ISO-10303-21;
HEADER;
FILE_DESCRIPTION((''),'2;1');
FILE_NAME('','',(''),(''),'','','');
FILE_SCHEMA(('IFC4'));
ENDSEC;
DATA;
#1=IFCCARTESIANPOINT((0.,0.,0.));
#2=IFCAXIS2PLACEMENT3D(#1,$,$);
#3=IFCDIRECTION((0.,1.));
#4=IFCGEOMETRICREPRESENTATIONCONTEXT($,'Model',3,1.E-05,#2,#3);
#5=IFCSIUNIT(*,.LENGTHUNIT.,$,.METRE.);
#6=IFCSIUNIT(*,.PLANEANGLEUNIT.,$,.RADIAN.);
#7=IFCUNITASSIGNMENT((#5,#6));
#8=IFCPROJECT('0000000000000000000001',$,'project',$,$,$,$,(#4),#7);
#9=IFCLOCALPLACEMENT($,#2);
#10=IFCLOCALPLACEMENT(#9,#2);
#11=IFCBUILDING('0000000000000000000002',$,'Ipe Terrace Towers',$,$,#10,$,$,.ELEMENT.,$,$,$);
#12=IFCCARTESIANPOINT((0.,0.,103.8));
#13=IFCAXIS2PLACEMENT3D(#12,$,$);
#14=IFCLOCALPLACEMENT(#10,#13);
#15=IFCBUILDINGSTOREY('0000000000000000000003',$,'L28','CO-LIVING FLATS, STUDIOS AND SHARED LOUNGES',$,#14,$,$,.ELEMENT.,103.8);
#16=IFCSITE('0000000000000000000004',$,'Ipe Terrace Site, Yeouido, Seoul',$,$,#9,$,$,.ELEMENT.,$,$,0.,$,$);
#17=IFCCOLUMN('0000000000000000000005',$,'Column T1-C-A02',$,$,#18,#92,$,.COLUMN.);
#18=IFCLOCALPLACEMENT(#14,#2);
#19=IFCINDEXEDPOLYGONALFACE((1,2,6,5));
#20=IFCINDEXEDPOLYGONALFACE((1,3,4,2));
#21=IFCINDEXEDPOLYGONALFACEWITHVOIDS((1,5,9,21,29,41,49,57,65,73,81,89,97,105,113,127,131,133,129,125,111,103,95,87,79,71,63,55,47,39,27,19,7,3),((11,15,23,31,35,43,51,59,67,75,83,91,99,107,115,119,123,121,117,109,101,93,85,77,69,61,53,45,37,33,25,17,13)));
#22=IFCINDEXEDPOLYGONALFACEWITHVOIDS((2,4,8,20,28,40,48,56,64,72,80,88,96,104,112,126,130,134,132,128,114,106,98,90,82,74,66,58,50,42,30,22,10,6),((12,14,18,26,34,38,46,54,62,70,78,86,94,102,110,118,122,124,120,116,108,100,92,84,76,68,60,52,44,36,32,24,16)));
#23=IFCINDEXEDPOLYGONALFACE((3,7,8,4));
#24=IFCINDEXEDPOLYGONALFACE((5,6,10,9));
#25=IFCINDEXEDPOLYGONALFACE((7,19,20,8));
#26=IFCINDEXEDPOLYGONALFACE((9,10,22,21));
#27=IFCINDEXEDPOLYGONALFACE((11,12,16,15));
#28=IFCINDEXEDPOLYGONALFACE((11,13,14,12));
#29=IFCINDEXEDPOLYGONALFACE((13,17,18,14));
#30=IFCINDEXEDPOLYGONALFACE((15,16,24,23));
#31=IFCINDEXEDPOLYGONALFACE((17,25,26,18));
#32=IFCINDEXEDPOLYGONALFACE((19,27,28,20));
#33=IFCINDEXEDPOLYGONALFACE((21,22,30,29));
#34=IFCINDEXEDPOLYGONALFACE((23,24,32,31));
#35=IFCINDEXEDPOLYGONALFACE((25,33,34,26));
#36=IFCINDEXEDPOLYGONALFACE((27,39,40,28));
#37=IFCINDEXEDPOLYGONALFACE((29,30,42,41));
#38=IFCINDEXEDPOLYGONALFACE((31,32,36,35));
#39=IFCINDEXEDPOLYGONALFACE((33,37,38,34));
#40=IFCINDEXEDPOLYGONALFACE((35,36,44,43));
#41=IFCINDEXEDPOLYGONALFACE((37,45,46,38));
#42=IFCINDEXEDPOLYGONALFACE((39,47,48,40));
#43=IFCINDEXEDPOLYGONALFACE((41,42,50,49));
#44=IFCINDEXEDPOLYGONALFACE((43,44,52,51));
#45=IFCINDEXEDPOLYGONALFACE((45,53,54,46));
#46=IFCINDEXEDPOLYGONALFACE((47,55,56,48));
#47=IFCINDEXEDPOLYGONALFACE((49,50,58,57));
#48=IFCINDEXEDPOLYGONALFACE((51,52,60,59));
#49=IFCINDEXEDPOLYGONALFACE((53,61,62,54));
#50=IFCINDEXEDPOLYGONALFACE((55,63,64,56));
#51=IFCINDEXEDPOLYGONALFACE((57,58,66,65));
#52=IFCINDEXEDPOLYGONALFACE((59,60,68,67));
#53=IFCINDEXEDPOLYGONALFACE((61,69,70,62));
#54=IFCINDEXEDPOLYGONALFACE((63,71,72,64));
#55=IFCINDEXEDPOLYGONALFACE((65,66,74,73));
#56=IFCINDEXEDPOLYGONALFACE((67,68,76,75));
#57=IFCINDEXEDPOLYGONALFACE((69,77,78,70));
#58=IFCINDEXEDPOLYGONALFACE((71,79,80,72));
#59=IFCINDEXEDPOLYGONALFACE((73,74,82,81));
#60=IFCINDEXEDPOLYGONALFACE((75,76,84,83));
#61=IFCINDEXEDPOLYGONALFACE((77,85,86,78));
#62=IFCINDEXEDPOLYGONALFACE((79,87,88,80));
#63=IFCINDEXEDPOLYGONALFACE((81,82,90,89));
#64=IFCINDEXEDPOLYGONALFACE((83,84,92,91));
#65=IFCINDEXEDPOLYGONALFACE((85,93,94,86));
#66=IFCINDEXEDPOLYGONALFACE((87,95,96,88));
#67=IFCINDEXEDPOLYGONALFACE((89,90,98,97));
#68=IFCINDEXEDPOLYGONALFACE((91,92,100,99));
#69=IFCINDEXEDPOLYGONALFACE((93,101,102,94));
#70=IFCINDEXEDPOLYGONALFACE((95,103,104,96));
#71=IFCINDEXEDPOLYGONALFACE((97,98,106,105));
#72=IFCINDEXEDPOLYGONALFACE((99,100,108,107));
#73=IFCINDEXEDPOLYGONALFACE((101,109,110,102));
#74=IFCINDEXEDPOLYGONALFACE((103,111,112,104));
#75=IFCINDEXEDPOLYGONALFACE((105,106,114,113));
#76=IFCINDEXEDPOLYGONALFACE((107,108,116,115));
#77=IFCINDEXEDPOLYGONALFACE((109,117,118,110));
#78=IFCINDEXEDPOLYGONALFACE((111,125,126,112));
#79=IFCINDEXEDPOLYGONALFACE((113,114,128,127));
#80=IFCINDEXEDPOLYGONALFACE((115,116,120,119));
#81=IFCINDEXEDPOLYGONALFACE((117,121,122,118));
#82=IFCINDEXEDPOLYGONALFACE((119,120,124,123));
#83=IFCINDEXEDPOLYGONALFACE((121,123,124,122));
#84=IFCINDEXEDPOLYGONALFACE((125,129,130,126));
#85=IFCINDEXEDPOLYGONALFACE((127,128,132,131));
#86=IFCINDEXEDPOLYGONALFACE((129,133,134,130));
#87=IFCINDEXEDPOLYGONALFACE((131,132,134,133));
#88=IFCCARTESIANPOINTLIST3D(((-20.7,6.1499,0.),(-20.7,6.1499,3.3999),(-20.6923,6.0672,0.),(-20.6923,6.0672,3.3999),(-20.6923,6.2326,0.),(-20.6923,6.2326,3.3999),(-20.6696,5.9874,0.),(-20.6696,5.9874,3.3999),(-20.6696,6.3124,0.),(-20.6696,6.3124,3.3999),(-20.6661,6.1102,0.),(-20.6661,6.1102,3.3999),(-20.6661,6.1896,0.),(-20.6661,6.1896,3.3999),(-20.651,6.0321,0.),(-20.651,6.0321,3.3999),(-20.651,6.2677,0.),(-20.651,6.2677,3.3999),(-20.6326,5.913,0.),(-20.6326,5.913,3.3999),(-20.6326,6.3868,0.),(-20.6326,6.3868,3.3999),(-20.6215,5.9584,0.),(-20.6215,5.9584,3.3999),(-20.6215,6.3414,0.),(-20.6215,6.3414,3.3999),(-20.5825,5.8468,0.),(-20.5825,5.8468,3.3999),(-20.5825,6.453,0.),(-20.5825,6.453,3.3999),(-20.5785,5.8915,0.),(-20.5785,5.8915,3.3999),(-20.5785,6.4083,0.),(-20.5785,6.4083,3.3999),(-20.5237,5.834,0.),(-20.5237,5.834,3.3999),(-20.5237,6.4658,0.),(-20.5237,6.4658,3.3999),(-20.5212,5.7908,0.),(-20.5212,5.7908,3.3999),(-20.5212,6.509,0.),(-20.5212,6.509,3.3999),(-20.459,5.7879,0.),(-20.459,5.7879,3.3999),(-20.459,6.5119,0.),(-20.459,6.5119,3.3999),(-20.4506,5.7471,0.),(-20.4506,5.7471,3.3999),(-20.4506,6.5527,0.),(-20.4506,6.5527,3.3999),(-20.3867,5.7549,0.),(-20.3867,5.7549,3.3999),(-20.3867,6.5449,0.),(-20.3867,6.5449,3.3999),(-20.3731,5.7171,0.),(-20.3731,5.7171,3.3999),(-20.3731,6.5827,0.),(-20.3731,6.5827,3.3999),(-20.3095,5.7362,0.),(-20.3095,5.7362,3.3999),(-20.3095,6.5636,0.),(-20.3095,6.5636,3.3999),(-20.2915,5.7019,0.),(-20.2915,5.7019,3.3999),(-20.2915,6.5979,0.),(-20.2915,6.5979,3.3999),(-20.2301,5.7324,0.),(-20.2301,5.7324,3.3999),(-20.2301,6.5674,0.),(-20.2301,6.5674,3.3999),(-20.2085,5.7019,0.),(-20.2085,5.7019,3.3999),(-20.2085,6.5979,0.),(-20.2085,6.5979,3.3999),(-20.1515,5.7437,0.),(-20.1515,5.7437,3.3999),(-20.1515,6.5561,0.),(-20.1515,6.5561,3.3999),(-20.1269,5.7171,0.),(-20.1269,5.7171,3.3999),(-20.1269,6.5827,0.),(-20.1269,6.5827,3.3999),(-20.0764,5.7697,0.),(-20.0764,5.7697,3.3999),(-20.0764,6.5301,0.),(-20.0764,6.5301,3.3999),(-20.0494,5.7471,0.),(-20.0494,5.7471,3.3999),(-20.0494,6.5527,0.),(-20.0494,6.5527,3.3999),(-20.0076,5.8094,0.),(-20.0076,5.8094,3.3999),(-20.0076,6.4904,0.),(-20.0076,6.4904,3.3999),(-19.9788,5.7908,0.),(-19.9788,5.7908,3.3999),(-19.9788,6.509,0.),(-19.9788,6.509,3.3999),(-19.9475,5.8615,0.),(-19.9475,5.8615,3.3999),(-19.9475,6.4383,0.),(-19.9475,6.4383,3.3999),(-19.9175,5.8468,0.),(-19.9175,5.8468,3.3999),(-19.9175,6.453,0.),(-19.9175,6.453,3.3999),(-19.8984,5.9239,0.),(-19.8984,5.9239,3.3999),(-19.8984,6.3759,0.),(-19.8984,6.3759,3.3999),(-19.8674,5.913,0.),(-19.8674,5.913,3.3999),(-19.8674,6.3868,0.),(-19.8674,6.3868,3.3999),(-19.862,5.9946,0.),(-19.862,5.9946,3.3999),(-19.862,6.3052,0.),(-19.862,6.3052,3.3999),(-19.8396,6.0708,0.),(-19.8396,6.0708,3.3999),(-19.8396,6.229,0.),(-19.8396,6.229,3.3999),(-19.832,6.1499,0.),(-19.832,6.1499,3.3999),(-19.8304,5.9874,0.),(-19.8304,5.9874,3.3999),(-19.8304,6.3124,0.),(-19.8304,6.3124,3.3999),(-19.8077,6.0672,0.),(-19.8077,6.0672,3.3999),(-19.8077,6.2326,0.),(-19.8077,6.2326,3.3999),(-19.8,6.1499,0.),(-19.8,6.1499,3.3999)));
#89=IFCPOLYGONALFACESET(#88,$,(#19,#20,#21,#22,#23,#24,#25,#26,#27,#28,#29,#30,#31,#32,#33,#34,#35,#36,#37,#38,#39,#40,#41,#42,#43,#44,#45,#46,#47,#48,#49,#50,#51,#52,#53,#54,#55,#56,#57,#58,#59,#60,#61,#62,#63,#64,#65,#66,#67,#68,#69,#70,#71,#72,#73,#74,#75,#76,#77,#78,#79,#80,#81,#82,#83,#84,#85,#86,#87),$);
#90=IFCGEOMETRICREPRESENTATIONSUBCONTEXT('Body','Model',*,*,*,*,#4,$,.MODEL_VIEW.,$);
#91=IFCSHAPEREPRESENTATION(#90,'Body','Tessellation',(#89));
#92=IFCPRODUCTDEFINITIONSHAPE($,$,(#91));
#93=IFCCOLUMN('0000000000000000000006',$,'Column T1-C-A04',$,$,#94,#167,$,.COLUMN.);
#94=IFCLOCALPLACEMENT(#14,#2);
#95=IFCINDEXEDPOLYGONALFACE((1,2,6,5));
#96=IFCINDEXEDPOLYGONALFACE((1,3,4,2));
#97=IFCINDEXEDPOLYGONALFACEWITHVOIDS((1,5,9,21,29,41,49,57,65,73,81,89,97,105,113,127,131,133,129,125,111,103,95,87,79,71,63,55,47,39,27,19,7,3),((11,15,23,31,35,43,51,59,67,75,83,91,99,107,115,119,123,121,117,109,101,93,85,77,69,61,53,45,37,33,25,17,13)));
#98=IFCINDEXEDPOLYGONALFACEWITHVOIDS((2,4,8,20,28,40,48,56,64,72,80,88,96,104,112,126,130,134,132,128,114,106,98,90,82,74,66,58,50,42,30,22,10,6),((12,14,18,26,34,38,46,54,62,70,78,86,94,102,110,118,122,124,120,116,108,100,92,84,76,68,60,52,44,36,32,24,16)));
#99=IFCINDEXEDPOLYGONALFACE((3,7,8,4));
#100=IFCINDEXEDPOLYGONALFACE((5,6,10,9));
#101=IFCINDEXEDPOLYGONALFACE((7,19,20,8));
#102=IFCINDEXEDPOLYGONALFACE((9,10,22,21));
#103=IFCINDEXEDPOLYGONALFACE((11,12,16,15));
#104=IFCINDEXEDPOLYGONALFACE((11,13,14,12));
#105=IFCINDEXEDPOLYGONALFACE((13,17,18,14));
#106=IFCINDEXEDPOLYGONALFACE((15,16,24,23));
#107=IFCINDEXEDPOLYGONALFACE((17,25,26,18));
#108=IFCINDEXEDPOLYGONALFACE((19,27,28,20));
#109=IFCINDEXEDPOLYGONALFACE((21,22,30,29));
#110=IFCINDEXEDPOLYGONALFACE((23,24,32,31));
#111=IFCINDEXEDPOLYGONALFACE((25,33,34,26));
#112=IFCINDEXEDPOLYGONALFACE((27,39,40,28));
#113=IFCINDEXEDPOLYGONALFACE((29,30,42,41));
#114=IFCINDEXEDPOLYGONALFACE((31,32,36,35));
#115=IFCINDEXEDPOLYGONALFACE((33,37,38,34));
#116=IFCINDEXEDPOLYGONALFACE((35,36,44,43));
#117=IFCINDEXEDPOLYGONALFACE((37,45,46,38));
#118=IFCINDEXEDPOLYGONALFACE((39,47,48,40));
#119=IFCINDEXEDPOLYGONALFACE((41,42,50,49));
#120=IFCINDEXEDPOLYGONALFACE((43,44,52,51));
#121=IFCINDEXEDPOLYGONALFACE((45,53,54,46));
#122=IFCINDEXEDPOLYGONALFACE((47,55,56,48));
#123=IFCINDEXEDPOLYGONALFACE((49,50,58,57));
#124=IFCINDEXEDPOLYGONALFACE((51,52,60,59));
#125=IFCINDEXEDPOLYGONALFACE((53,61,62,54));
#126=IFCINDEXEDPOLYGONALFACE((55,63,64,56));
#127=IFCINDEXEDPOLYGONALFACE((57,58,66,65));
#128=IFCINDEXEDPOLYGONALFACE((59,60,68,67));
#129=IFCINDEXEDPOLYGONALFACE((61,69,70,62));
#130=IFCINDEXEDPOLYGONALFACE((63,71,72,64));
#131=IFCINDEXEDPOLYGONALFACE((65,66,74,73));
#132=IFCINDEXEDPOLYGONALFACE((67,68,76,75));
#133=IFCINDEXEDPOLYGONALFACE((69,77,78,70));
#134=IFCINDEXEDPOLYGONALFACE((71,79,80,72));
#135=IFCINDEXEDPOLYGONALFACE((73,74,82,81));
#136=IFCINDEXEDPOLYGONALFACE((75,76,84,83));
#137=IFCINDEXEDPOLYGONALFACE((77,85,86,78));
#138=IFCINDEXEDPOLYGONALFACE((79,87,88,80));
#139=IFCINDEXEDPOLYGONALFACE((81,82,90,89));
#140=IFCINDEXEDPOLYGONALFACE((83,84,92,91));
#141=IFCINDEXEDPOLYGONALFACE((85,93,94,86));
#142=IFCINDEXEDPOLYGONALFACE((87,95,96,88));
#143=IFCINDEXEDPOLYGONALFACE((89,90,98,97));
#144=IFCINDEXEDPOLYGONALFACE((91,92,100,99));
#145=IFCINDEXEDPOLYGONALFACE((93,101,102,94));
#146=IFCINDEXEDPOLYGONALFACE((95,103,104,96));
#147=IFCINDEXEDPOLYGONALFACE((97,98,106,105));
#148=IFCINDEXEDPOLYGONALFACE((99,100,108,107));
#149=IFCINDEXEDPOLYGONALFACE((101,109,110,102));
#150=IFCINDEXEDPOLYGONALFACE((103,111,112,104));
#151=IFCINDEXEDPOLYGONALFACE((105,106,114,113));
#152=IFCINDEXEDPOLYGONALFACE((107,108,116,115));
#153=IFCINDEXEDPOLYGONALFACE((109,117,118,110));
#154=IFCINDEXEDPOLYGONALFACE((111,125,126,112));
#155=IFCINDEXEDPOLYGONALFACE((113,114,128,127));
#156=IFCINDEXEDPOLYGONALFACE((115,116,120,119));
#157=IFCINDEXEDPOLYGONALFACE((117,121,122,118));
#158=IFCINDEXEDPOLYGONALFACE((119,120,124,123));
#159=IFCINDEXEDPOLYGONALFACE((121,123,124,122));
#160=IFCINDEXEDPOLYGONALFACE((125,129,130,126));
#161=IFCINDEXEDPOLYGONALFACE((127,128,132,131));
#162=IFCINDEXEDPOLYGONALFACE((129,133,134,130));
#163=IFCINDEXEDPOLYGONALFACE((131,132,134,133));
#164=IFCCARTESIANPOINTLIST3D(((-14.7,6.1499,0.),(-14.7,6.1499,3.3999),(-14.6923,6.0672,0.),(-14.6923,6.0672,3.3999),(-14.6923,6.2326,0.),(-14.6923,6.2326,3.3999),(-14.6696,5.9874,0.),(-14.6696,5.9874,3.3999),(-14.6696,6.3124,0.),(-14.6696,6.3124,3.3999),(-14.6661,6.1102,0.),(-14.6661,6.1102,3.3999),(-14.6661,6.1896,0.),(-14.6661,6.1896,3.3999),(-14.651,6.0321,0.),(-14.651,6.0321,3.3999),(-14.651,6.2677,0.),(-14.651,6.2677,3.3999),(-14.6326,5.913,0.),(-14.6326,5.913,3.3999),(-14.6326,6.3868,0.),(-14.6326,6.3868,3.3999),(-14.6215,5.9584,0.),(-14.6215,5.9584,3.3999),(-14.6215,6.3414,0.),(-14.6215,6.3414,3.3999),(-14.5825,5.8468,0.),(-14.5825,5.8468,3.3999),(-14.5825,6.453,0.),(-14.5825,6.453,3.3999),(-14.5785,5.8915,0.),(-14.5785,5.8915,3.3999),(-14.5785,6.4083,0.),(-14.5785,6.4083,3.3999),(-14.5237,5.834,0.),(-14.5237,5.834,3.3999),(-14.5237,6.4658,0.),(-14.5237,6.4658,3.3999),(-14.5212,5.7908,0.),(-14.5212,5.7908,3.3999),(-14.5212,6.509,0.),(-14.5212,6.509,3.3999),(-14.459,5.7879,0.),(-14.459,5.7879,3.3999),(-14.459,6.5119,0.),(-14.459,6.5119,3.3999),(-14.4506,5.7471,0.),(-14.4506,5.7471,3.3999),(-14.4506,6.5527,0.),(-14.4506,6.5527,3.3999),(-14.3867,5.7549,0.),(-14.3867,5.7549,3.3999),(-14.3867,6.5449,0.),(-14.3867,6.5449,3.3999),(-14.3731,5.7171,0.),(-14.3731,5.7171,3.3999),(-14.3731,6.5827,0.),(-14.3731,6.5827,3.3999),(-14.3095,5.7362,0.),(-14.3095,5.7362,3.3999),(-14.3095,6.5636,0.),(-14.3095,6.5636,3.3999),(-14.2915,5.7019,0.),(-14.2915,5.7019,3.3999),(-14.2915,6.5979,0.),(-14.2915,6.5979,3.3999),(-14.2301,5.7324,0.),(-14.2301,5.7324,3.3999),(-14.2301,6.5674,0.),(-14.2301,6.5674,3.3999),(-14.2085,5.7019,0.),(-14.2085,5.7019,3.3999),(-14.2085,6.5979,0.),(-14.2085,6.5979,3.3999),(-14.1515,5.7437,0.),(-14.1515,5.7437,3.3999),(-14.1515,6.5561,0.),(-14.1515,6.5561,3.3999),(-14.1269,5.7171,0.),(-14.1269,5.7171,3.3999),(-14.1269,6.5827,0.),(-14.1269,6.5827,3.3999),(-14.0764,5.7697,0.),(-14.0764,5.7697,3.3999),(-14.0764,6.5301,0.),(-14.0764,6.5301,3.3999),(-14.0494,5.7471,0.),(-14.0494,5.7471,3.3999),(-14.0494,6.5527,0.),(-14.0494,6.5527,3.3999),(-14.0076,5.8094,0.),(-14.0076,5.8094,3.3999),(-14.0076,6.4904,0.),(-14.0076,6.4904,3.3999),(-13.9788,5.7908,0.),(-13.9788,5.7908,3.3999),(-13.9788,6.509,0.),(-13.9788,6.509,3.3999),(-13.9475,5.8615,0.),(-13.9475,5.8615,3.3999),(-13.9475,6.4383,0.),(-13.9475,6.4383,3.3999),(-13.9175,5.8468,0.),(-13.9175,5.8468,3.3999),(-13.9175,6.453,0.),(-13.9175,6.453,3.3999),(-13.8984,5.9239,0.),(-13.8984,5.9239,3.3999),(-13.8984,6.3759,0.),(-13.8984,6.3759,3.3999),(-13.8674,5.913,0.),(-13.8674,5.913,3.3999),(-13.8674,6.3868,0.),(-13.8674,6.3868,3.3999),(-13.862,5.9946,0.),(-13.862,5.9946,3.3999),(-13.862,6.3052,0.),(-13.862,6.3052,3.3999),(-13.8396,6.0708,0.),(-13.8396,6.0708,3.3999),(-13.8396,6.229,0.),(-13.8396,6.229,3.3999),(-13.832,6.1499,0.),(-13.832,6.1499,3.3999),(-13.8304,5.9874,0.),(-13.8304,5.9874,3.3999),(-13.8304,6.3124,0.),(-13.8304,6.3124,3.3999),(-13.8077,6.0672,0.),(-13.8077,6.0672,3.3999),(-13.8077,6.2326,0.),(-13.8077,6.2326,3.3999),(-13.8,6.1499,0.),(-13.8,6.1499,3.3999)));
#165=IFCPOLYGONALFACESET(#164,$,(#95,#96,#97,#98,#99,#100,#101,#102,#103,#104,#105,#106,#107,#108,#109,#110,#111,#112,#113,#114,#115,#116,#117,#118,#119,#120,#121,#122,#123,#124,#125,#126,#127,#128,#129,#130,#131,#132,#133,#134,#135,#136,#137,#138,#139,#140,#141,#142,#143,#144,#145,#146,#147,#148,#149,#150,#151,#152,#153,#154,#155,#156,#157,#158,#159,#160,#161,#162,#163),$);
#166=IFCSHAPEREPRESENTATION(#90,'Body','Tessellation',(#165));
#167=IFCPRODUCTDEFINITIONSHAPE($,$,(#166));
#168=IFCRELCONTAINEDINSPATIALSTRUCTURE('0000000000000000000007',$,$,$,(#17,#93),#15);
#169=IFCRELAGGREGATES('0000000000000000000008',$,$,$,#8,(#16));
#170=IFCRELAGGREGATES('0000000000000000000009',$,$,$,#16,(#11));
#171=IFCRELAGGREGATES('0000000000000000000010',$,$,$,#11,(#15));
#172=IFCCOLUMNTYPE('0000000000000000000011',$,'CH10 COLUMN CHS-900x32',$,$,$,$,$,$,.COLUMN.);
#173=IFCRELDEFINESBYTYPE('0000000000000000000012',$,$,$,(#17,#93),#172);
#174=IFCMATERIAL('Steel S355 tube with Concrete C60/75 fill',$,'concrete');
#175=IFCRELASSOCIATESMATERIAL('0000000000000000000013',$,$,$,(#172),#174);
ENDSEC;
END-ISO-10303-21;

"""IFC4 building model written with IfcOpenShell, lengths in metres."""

from ifc_helpers import new_model, si_unit, direction, frame, origin, origin_2d, place, context, subcontext, project, spatial, hollow_circle, extrude, material, material_profile, profile_set, type_object, element, save


model = new_model("IFC4")

# Units and contexts
model_context = context("Model", 3, precision=1e-05, world=origin(), true_north=direction((0.0, 1.0)))
body_context = subcontext(model_context, "Body", "Model", "MODEL_VIEW")
ifc_project = project(units=[si_unit("LENGTHUNIT", "METRE"), si_unit("PLANEANGLEUNIT", "RADIAN")], contexts=[model_context])

# Site, building, storey
site_placement = place(None, origin())
site = spatial("IfcSite", under=ifc_project, at=site_placement, Name="Ipe Terrace Site, Yeouido, Seoul", CompositionType="ELEMENT", RefElevation=0.0)
building_placement = place(site_placement, origin())
building = spatial("IfcBuilding", under=site, at=building_placement, Name="Ipe Terrace Towers", CompositionType="ELEMENT")
storey_placement = place(building_placement, frame((0.0, 0.0, 103.8)))
storey = spatial("IfcBuildingStorey", under=building, at=storey_placement, Name="L28", Description="CO-LIVING FLATS, STUDIOS AND SHARED LOUNGES", CompositionType="ELEMENT", Elevation=103.8)

# Columns
ifc_material_1 = material(Name="Steel S355 tube with Concrete C60/75 fill", Category="concrete")
ifc_material_profile_1 = material_profile(ifc_material_1, hollow_circle(Radius=0.45, WallThickness=0.032, at=origin_2d()), Name="CHS-900x32")
ifc_profile_set_1 = profile_set([ifc_material_profile_1], Name="Steel S355 tube with Concrete C60/75 fill")
column_type = type_object("IfcColumnType", Name="CH10 COLUMN CHS-900x32", PredefinedType="COLUMN", material=ifc_profile_set_1)
for number, where, z_axis, x_axis, name in (
    (1, (-20.25, 6.1499, 0.0), (0.0, 0.0, 1.0), (1.0, 0.0, 0.0), "Column T1-C-A02"),
    (2, (-14.25, 6.1499, 0.0), (0.0, 0.0, 1.0), (1.0, 0.0, 0.0), "Column T1-C-A04"),
):
    element("IfcColumn", number, at=place(storey_placement, frame(where, z_axis=z_axis, x_axis=x_axis)), inside=storey, type_object=column_type, Name=name, PredefinedType="COLUMN", context=body_context, shape_type="SweptSolid", body=[
        extrude(hollow_circle(Radius=0.45, WallThickness=0.032, at=origin_2d()), origin(), (0.0, 0.0, 1.0), 3.3999),
    ])

save(model, "model.ifc")
